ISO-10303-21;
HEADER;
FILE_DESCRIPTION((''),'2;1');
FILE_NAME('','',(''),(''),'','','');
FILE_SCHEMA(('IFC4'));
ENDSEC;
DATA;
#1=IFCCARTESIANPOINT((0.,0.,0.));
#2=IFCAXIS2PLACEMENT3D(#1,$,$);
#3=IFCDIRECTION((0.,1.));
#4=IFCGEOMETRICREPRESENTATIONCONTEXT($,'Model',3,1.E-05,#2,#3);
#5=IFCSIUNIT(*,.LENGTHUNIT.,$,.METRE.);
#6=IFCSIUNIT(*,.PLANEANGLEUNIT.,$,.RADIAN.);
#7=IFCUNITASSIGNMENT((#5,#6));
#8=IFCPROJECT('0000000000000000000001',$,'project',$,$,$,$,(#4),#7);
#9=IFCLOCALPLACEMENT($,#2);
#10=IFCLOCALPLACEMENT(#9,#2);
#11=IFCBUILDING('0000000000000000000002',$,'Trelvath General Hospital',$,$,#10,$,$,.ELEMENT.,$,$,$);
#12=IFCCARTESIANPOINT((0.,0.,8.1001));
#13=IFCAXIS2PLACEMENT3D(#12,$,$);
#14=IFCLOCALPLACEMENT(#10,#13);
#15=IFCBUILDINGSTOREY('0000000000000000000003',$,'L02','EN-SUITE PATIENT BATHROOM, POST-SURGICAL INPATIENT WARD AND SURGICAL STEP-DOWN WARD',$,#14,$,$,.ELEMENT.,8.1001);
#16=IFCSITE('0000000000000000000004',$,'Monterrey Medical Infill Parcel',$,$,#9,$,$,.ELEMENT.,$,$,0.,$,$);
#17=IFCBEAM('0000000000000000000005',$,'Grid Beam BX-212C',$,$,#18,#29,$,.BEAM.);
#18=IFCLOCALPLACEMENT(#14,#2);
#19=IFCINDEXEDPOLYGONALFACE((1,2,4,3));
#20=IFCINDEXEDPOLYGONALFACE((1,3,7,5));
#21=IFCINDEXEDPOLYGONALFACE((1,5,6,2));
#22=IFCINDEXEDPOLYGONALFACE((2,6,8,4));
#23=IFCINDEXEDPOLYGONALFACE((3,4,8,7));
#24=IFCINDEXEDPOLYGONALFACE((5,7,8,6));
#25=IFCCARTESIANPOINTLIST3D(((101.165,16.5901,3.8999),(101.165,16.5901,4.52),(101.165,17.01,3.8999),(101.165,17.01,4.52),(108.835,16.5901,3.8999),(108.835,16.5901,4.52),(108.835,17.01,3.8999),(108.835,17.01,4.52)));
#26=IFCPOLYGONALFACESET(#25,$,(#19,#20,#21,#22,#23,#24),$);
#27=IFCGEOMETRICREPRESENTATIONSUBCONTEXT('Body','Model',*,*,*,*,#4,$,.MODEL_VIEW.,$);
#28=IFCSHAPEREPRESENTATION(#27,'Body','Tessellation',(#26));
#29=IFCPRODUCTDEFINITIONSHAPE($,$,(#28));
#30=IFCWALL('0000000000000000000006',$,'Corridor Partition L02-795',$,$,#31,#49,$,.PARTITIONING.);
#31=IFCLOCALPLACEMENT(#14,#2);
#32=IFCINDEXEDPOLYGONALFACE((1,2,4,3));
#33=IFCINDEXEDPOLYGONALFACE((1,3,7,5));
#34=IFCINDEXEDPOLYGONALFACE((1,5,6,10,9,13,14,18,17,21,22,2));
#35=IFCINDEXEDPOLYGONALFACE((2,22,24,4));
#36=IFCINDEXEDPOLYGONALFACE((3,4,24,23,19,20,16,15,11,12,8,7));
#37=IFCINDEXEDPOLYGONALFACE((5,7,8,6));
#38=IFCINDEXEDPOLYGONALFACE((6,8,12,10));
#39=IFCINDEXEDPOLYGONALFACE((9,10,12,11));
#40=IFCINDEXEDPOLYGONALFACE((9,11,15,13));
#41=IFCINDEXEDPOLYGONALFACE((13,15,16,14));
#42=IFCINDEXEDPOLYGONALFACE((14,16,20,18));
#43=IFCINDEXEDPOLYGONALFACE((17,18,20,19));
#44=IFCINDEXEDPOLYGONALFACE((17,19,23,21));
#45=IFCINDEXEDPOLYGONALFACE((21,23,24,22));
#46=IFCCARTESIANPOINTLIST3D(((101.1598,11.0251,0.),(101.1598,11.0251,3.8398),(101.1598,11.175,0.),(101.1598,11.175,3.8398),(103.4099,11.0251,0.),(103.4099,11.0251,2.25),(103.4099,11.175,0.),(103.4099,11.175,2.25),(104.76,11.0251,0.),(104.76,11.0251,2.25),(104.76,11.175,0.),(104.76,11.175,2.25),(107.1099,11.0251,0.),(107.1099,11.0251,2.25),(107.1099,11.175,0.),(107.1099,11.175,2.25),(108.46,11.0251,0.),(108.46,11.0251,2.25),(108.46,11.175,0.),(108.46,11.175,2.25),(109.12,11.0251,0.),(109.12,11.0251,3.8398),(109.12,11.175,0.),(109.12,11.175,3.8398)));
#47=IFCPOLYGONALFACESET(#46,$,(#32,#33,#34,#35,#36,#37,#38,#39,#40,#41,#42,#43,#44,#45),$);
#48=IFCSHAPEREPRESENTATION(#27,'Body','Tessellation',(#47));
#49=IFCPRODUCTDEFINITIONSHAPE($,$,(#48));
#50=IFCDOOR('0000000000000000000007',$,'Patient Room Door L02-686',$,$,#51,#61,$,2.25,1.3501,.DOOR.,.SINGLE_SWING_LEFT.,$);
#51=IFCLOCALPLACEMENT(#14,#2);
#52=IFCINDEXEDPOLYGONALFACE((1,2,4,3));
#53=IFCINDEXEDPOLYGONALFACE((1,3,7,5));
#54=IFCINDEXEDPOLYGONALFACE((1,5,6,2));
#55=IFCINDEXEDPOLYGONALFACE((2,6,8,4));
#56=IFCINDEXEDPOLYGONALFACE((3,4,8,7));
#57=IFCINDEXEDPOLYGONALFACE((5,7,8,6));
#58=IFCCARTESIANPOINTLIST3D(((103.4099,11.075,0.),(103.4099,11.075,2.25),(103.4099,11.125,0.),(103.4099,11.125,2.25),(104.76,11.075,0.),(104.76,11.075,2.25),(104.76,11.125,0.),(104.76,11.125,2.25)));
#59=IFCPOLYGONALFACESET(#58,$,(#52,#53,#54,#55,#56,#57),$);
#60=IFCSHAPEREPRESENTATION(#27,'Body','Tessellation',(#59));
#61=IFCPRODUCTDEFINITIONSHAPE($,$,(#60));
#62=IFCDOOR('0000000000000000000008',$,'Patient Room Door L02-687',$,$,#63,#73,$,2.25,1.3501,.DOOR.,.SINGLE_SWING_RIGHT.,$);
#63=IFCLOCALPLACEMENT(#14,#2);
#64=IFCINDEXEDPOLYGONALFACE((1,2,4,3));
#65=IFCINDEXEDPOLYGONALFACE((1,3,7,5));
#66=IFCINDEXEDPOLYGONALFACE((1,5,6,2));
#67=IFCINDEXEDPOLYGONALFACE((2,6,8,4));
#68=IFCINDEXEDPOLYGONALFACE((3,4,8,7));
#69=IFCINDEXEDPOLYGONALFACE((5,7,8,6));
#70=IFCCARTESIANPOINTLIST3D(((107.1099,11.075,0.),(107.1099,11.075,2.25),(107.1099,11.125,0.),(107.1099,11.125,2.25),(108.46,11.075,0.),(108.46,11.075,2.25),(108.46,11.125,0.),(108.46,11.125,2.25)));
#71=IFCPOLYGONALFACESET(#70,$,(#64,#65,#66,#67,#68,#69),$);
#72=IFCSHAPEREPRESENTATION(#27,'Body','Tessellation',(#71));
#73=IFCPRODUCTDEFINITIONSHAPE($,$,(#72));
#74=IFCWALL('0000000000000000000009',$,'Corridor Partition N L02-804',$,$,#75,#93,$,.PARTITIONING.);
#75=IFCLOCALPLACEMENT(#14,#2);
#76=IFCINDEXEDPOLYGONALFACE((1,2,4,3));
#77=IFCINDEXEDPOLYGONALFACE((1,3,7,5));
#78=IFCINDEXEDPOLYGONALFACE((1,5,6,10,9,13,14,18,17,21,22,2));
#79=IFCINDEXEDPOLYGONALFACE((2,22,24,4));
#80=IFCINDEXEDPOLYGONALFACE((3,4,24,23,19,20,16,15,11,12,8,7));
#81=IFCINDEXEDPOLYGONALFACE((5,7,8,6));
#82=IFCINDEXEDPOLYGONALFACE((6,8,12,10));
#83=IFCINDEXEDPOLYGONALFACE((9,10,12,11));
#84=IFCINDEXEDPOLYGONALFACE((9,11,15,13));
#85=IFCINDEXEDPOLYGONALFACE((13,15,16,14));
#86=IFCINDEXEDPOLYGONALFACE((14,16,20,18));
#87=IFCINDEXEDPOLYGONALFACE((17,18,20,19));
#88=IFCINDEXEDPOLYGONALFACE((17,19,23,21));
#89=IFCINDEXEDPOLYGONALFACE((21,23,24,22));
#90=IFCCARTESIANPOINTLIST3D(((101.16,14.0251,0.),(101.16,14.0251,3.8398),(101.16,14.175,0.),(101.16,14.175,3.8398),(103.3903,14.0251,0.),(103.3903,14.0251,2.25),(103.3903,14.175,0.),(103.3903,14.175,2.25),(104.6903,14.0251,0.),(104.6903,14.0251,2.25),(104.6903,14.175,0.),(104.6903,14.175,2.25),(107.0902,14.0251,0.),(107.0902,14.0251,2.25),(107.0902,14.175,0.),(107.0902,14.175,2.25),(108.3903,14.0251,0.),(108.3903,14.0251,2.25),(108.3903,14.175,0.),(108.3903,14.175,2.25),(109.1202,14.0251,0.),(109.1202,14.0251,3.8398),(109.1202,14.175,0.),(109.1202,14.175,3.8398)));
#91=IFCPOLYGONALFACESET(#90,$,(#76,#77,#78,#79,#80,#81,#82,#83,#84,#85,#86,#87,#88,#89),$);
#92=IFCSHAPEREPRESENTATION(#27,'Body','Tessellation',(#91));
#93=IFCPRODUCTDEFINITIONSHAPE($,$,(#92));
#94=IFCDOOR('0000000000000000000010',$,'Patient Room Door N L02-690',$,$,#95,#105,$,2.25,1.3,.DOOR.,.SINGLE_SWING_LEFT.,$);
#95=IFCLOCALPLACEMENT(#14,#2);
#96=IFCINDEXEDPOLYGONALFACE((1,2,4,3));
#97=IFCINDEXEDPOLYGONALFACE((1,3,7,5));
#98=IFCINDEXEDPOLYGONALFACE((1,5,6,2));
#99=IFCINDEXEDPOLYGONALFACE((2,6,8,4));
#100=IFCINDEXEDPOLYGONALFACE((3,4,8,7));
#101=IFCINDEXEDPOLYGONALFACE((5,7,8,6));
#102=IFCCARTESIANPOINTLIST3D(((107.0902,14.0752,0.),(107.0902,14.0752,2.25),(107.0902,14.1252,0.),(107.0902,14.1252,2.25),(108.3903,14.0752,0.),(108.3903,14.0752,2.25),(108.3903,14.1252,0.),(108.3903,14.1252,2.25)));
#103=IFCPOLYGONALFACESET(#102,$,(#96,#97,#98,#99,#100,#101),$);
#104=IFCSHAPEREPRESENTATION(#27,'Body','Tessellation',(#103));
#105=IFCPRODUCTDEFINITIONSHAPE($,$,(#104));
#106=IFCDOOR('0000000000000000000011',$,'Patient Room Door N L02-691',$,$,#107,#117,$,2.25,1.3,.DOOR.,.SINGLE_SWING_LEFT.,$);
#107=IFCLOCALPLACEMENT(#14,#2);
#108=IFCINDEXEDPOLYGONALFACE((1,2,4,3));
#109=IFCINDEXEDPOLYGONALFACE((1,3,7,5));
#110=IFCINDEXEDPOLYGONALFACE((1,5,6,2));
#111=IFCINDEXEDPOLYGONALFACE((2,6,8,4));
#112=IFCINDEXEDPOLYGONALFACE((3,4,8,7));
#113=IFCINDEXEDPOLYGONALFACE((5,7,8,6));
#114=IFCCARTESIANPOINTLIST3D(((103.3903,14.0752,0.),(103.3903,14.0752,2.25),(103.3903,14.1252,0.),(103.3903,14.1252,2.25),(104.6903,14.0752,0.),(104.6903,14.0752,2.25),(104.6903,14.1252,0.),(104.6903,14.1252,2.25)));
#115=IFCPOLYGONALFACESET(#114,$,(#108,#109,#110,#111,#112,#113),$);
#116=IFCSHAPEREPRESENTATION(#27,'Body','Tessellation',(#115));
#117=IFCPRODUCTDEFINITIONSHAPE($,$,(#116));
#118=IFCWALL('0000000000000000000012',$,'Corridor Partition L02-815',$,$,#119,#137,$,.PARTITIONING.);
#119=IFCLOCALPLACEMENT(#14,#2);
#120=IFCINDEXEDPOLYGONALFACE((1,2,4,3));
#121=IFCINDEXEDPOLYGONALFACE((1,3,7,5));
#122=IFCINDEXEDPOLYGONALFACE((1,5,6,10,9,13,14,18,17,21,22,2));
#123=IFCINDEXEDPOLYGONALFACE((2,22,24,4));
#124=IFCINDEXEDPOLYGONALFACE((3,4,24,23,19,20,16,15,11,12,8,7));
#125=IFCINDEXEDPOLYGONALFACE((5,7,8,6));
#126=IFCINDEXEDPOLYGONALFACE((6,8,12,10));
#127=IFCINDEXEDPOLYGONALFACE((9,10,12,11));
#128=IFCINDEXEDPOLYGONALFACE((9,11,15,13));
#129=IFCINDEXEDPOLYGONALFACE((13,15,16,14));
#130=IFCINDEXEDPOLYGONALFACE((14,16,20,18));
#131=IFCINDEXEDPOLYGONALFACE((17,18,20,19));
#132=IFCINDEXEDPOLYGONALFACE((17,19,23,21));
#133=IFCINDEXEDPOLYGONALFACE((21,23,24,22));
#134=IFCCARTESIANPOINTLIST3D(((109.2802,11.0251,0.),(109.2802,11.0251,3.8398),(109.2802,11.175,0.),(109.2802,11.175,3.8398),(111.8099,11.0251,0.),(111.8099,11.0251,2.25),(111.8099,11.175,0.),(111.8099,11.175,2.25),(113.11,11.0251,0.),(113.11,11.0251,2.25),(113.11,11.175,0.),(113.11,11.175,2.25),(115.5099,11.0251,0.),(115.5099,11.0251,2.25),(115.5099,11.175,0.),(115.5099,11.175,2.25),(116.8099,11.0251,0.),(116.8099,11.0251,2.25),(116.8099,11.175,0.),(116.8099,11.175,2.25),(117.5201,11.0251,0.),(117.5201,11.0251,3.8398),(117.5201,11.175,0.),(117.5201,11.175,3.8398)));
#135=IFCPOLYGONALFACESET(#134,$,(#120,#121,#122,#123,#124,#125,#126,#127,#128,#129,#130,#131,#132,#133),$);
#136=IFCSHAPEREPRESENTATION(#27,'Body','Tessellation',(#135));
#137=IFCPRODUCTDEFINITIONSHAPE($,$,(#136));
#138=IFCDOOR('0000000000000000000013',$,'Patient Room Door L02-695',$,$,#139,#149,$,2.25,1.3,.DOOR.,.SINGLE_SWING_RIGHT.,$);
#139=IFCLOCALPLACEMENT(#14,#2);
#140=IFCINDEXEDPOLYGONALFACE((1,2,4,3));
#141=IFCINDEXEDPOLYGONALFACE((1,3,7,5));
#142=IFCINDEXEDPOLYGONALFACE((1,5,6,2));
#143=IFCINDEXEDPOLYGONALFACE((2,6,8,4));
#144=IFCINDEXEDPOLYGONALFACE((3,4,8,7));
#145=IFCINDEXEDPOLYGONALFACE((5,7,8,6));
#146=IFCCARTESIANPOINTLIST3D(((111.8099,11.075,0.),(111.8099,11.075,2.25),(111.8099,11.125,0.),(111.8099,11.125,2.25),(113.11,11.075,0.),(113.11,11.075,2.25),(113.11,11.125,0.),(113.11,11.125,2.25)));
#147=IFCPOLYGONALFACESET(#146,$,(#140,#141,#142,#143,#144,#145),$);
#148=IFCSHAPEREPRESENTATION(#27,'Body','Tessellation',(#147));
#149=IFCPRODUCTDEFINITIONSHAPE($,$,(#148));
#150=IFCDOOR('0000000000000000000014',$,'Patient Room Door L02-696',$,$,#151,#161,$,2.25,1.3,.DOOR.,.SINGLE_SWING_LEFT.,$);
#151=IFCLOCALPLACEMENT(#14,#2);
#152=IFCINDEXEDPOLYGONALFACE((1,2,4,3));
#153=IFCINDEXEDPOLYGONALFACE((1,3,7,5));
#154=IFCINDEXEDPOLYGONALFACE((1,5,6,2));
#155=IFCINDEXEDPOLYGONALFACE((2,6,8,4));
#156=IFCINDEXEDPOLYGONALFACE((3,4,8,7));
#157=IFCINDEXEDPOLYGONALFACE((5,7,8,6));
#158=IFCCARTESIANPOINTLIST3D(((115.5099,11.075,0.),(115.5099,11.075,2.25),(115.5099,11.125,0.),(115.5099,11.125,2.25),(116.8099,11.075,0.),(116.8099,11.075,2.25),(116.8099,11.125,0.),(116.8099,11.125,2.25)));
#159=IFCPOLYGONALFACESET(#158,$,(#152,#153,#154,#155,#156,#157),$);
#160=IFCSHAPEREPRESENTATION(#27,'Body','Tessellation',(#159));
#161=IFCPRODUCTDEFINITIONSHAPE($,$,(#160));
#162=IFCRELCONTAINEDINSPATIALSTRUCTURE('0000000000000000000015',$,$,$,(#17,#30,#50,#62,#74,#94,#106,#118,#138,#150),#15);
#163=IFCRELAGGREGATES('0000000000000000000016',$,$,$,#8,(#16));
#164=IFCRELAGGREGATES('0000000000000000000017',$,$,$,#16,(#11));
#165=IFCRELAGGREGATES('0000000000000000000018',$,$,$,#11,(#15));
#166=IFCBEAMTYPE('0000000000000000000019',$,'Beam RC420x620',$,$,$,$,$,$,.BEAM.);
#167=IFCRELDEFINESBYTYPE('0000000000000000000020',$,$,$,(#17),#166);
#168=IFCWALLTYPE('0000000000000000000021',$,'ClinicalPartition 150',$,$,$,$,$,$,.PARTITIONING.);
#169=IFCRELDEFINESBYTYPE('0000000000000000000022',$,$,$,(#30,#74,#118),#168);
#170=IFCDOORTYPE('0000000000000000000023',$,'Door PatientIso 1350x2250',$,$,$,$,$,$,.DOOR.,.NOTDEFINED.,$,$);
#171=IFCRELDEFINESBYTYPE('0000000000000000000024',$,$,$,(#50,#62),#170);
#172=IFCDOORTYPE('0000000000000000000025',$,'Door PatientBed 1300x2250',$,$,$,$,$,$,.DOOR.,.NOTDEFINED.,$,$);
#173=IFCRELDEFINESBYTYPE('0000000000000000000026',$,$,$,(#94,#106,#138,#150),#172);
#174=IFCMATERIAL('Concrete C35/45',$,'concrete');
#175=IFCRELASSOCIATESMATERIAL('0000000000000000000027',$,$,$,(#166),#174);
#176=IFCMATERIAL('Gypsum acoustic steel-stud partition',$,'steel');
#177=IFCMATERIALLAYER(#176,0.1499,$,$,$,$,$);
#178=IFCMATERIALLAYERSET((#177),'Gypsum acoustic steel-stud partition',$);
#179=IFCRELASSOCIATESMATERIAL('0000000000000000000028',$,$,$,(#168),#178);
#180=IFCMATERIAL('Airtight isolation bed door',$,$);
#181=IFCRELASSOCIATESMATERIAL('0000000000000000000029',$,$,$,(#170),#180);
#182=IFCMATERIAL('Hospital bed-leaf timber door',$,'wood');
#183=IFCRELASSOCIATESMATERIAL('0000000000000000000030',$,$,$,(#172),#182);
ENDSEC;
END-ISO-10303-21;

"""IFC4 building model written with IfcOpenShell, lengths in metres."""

from ifc_helpers import new_model, si_unit, direction, frame, frame_2d, origin, origin_2d, place, context, subcontext, project, spatial, rectangle, extrude, material, layer, layer_set, material_profile, profile_set, type_object, element, fill, save


model = new_model("IFC4")

# Units and contexts
model_context = context("Model", 3, precision=1e-05, world=origin(), true_north=direction((0.0, 1.0)))
body_context = subcontext(model_context, "Body", "Model", "MODEL_VIEW")
ifc_project = project(units=[si_unit("LENGTHUNIT", "METRE"), si_unit("PLANEANGLEUNIT", "RADIAN")], contexts=[model_context])

# Site, building, storey
site_placement = place(None, origin())
site = spatial("IfcSite", under=ifc_project, at=site_placement, Name="Monterrey Medical Infill Parcel", CompositionType="ELEMENT", RefElevation=0.0)
building_placement = place(site_placement, origin())
building = spatial("IfcBuilding", under=site, at=building_placement, Name="Trelvath General Hospital", CompositionType="ELEMENT")
storey_placement = place(building_placement, frame((0.0, 0.0, 8.1001)))
storey = spatial("IfcBuildingStorey", under=building, at=storey_placement, Name="L02", Description="EN-SUITE PATIENT BATHROOM, POST-SURGICAL INPATIENT WARD AND SURGICAL STEP-DOWN WARD", CompositionType="ELEMENT", Elevation=8.1001)

# Beam
ifc_material_1 = material(Name="Concrete C35/45", Category="concrete")
ifc_material_profile = material_profile(ifc_material_1, rectangle(XDim=0.4199, YDim=0.6201, at=origin_2d()), Name="RCB420x620")
ifc_profile_set = profile_set([ifc_material_profile], Name="Concrete C35/45")
beam_type = type_object("IfcBeamType", Name="Beam RC420x620", PredefinedType="BEAM", material=ifc_profile_set)
beam_placement = place(storey_placement, frame((101.165, 16.8, 4.21), z_axis=(1.0, 0.0, 0.0), x_axis=(0.0, 1.0, 0.0)))
element("IfcBeam", 1, at=beam_placement, inside=storey, type_object=beam_type, Name="Grid Beam BX-212C", PredefinedType="BEAM", context=body_context, shape_type="SweptSolid", body=[
    extrude(rectangle(XDim=0.4199, YDim=0.6201, at=origin_2d()), origin(), (0.0, 0.0, 1.0), 7.6699),
])

# Walls, openings, doors
ifc_material_2 = material(Name="Gypsum acoustic steel-stud partition", Category="steel")
ifc_layer_1 = layer(ifc_material_2, 0.1499)
ifc_layer_set_1 = layer_set([ifc_layer_1], Name="Gypsum acoustic steel-stud partition")
wall_type_1 = type_object("IfcWallType", Name="ClinicalPartition 150", PredefinedType="PARTITIONING", material=ifc_layer_set_1)
wall_1_placement = place(storey_placement, frame((101.1599, 11.1001, 0.0), z_axis=(0.0, 0.0, 1.0), x_axis=(1.0, 0.0, 0.0)))
wall_1 = element("IfcWall", 2, at=wall_1_placement, inside=storey, type_object=wall_type_1, Name="Corridor Partition L02-795", PredefinedType="PARTITIONING", context=body_context, shape_type="SweptSolid", body=[
    extrude(rectangle(XDim=7.9602, YDim=0.1499, at=frame_2d((3.98, 0.0))), origin(), (0.0, 0.0, 1.0), 3.8398),
])
opening_1_placement = place(wall_1_placement, frame((2.25, 0.0, 0.0)))
opening_1 = element("IfcOpeningElement", 3, at=opening_1_placement, cuts=wall_1, PredefinedType="OPENING", context=body_context, shape_type="SweptSolid", body=[
    extrude(rectangle(XDim=1.3501, YDim=2.25, at=frame_2d((0.675, 1.125))), frame((0.0, 0.085, 0.0), z_axis=(0.0, -1.0, 0.0), x_axis=(1.0, 0.0, 0.0)), (0.0, 0.0, 1.0), 0.1699),
])
opening_2_placement = place(wall_1_placement, frame((5.95, 0.0, 0.0)))
opening_2 = element("IfcOpeningElement", 4, at=opening_2_placement, cuts=wall_1, PredefinedType="OPENING", context=body_context, shape_type="SweptSolid", body=[
    extrude(rectangle(XDim=1.3501, YDim=2.25, at=frame_2d((0.675, 1.125))), frame((0.0, 0.085, 0.0), z_axis=(0.0, -1.0, 0.0), x_axis=(1.0, 0.0, 0.0)), (0.0, 0.0, 1.0), 0.1699),
])
ifc_material_3 = material(Name="Airtight isolation bed door")
door_type_1 = type_object("IfcDoorType", Name="Door PatientIso 1350x2250", OperationType="NOTDEFINED", PredefinedType="DOOR", material=ifc_material_3)
door_1_placement = place(opening_1_placement, origin())
door_1 = element("IfcDoor", 5, at=door_1_placement, inside=storey, type_object=door_type_1, Name="Patient Room Door L02-686", OperationType="SINGLE_SWING_LEFT", OverallHeight=2.25, OverallWidth=1.3501, PredefinedType="DOOR", context=body_context, shape_type="SweptSolid", body=[
    extrude(rectangle(XDim=1.3501, YDim=2.25, at=frame_2d((0.675, 1.125))), frame((0.0, 0.0249, 0.0), z_axis=(0.0, -1.0, 0.0), x_axis=(1.0, 0.0, 0.0)), (0.0, 0.0, 1.0), 0.05),
])
fill(opening_1, door_1)
door_2_placement = place(opening_2_placement, origin())
door_2 = element("IfcDoor", 6, at=door_2_placement, inside=storey, type_object=door_type_1, Name="Patient Room Door L02-687", OperationType="SINGLE_SWING_RIGHT", OverallHeight=2.25, OverallWidth=1.3501, PredefinedType="DOOR", context=body_context, shape_type="SweptSolid", body=[
    extrude(rectangle(XDim=1.3501, YDim=2.25, at=frame_2d((0.675, 1.125))), frame((0.0, 0.0249, 0.0), z_axis=(0.0, -1.0, 0.0), x_axis=(1.0, 0.0, 0.0)), (0.0, 0.0, 1.0), 0.05),
])
fill(opening_2, door_2)
wall_2_placement = place(storey_placement, frame((109.1201, 14.1001, 0.0), z_axis=(0.0, 0.0, 1.0), x_axis=(-1.0, 0.0, 0.0)))
wall_2 = element("IfcWall", 7, at=wall_2_placement, inside=storey, type_object=wall_type_1, Name="Corridor Partition N L02-804", PredefinedType="PARTITIONING", context=body_context, shape_type="SweptSolid", body=[
    extrude(rectangle(XDim=7.9602, YDim=0.1499, at=frame_2d((3.98, 0.0))), origin(), (0.0, 0.0, 1.0), 3.8398),
])
opening_3_placement = place(wall_2_placement, frame((0.73, 0.0, 0.0)))
opening_3 = element("IfcOpeningElement", 8, at=opening_3_placement, cuts=wall_2, PredefinedType="OPENING", context=body_context, shape_type="SweptSolid", body=[
    extrude(rectangle(XDim=1.3, YDim=2.25, at=frame_2d((0.6499, 1.125))), frame((0.0, 0.085, 0.0), z_axis=(0.0, -1.0, 0.0), x_axis=(1.0, 0.0, 0.0)), (0.0, 0.0, 1.0), 0.1699),
])
opening_4_placement = place(wall_2_placement, frame((4.4299, 0.0, 0.0)))
opening_4 = element("IfcOpeningElement", 9, at=opening_4_placement, cuts=wall_2, PredefinedType="OPENING", context=body_context, shape_type="SweptSolid", body=[
    extrude(rectangle(XDim=1.3, YDim=2.25, at=frame_2d((0.6499, 1.125))), frame((0.0, 0.085, 0.0), z_axis=(0.0, -1.0, 0.0), x_axis=(1.0, 0.0, 0.0)), (0.0, 0.0, 1.0), 0.1699),
])
ifc_material_4 = material(Name="Hospital bed-leaf timber door", Category="wood")
door_type_2 = type_object("IfcDoorType", Name="Door PatientBed 1300x2250", OperationType="NOTDEFINED", PredefinedType="DOOR", material=ifc_material_4)
door_3_placement = place(opening_3_placement, origin())
door_3 = element("IfcDoor", 10, at=door_3_placement, inside=storey, type_object=door_type_2, Name="Patient Room Door N L02-690", OperationType="SINGLE_SWING_LEFT", OverallHeight=2.25, OverallWidth=1.3, PredefinedType="DOOR", context=body_context, shape_type="SweptSolid", body=[
    extrude(rectangle(XDim=1.3, YDim=2.25, at=frame_2d((0.6499, 1.125))), frame((0.0, 0.0249, 0.0), z_axis=(0.0, -1.0, 0.0), x_axis=(1.0, 0.0, 0.0)), (0.0, 0.0, 1.0), 0.05),
])
fill(opening_3, door_3)
door_4_placement = place(opening_4_placement, origin())
door_4 = element("IfcDoor", 11, at=door_4_placement, inside=storey, type_object=door_type_2, Name="Patient Room Door N L02-691", OperationType="SINGLE_SWING_LEFT", OverallHeight=2.25, OverallWidth=1.3, PredefinedType="DOOR", context=body_context, shape_type="SweptSolid", body=[
    extrude(rectangle(XDim=1.3, YDim=2.25, at=frame_2d((0.6499, 1.125))), frame((0.0, 0.0249, 0.0), z_axis=(0.0, -1.0, 0.0), x_axis=(1.0, 0.0, 0.0)), (0.0, 0.0, 1.0), 0.05),
])
fill(opening_4, door_4)
wall_3_placement = place(storey_placement, frame((109.28, 11.1001, 0.0), z_axis=(0.0, 0.0, 1.0), x_axis=(1.0, 0.0, 0.0)))
wall_3 = element("IfcWall", 12, at=wall_3_placement, inside=storey, type_object=wall_type_1, Name="Corridor Partition L02-815", PredefinedType="PARTITIONING", context=body_context, shape_type="SweptSolid", body=[
    extrude(rectangle(XDim=8.24, YDim=0.1499, at=frame_2d((4.1201, 0.0))), origin(), (0.0, 0.0, 1.0), 3.8398),
])
opening_5_placement = place(wall_3_placement, frame((2.53, 0.0, 0.0)))
opening_5 = element("IfcOpeningElement", 13, at=opening_5_placement, cuts=wall_3, PredefinedType="OPENING", context=body_context, shape_type="SweptSolid", body=[
    extrude(rectangle(XDim=1.3, YDim=2.25, at=frame_2d((0.6499, 1.125))), frame((0.0, 0.085, 0.0), z_axis=(0.0, -1.0, 0.0), x_axis=(1.0, 0.0, 0.0)), (0.0, 0.0, 1.0), 0.1699),
])
opening_6_placement = place(wall_3_placement, frame((6.23, 0.0, 0.0)))
opening_6 = element("IfcOpeningElement", 14, at=opening_6_placement, cuts=wall_3, PredefinedType="OPENING", context=body_context, shape_type="SweptSolid", body=[
    extrude(rectangle(XDim=1.3, YDim=2.25, at=frame_2d((0.6499, 1.125))), frame((0.0, 0.085, 0.0), z_axis=(0.0, -1.0, 0.0), x_axis=(1.0, 0.0, 0.0)), (0.0, 0.0, 1.0), 0.1699),
])
door_5_placement = place(opening_5_placement, origin())
door_5 = element("IfcDoor", 15, at=door_5_placement, inside=storey, type_object=door_type_2, Name="Patient Room Door L02-695", OperationType="SINGLE_SWING_RIGHT", OverallHeight=2.25, OverallWidth=1.3, PredefinedType="DOOR", context=body_context, shape_type="SweptSolid", body=[
    extrude(rectangle(XDim=1.3, YDim=2.25, at=frame_2d((0.6499, 1.125))), frame((0.0, 0.0249, 0.0), z_axis=(0.0, -1.0, 0.0), x_axis=(1.0, 0.0, 0.0)), (0.0, 0.0, 1.0), 0.05),
])
fill(opening_5, door_5)
door_6_placement = place(opening_6_placement, origin())
door_6 = element("IfcDoor", 16, at=door_6_placement, inside=storey, type_object=door_type_2, Name="Patient Room Door L02-696", OperationType="SINGLE_SWING_LEFT", OverallHeight=2.25, OverallWidth=1.3, PredefinedType="DOOR", context=body_context, shape_type="SweptSolid", body=[
    extrude(rectangle(XDim=1.3, YDim=2.25, at=frame_2d((0.6499, 1.125))), frame((0.0, 0.0249, 0.0), z_axis=(0.0, -1.0, 0.0), x_axis=(1.0, 0.0, 0.0)), (0.0, 0.0, 1.0), 0.05),
])
fill(opening_6, door_6)

save(model, "model.ifc")
